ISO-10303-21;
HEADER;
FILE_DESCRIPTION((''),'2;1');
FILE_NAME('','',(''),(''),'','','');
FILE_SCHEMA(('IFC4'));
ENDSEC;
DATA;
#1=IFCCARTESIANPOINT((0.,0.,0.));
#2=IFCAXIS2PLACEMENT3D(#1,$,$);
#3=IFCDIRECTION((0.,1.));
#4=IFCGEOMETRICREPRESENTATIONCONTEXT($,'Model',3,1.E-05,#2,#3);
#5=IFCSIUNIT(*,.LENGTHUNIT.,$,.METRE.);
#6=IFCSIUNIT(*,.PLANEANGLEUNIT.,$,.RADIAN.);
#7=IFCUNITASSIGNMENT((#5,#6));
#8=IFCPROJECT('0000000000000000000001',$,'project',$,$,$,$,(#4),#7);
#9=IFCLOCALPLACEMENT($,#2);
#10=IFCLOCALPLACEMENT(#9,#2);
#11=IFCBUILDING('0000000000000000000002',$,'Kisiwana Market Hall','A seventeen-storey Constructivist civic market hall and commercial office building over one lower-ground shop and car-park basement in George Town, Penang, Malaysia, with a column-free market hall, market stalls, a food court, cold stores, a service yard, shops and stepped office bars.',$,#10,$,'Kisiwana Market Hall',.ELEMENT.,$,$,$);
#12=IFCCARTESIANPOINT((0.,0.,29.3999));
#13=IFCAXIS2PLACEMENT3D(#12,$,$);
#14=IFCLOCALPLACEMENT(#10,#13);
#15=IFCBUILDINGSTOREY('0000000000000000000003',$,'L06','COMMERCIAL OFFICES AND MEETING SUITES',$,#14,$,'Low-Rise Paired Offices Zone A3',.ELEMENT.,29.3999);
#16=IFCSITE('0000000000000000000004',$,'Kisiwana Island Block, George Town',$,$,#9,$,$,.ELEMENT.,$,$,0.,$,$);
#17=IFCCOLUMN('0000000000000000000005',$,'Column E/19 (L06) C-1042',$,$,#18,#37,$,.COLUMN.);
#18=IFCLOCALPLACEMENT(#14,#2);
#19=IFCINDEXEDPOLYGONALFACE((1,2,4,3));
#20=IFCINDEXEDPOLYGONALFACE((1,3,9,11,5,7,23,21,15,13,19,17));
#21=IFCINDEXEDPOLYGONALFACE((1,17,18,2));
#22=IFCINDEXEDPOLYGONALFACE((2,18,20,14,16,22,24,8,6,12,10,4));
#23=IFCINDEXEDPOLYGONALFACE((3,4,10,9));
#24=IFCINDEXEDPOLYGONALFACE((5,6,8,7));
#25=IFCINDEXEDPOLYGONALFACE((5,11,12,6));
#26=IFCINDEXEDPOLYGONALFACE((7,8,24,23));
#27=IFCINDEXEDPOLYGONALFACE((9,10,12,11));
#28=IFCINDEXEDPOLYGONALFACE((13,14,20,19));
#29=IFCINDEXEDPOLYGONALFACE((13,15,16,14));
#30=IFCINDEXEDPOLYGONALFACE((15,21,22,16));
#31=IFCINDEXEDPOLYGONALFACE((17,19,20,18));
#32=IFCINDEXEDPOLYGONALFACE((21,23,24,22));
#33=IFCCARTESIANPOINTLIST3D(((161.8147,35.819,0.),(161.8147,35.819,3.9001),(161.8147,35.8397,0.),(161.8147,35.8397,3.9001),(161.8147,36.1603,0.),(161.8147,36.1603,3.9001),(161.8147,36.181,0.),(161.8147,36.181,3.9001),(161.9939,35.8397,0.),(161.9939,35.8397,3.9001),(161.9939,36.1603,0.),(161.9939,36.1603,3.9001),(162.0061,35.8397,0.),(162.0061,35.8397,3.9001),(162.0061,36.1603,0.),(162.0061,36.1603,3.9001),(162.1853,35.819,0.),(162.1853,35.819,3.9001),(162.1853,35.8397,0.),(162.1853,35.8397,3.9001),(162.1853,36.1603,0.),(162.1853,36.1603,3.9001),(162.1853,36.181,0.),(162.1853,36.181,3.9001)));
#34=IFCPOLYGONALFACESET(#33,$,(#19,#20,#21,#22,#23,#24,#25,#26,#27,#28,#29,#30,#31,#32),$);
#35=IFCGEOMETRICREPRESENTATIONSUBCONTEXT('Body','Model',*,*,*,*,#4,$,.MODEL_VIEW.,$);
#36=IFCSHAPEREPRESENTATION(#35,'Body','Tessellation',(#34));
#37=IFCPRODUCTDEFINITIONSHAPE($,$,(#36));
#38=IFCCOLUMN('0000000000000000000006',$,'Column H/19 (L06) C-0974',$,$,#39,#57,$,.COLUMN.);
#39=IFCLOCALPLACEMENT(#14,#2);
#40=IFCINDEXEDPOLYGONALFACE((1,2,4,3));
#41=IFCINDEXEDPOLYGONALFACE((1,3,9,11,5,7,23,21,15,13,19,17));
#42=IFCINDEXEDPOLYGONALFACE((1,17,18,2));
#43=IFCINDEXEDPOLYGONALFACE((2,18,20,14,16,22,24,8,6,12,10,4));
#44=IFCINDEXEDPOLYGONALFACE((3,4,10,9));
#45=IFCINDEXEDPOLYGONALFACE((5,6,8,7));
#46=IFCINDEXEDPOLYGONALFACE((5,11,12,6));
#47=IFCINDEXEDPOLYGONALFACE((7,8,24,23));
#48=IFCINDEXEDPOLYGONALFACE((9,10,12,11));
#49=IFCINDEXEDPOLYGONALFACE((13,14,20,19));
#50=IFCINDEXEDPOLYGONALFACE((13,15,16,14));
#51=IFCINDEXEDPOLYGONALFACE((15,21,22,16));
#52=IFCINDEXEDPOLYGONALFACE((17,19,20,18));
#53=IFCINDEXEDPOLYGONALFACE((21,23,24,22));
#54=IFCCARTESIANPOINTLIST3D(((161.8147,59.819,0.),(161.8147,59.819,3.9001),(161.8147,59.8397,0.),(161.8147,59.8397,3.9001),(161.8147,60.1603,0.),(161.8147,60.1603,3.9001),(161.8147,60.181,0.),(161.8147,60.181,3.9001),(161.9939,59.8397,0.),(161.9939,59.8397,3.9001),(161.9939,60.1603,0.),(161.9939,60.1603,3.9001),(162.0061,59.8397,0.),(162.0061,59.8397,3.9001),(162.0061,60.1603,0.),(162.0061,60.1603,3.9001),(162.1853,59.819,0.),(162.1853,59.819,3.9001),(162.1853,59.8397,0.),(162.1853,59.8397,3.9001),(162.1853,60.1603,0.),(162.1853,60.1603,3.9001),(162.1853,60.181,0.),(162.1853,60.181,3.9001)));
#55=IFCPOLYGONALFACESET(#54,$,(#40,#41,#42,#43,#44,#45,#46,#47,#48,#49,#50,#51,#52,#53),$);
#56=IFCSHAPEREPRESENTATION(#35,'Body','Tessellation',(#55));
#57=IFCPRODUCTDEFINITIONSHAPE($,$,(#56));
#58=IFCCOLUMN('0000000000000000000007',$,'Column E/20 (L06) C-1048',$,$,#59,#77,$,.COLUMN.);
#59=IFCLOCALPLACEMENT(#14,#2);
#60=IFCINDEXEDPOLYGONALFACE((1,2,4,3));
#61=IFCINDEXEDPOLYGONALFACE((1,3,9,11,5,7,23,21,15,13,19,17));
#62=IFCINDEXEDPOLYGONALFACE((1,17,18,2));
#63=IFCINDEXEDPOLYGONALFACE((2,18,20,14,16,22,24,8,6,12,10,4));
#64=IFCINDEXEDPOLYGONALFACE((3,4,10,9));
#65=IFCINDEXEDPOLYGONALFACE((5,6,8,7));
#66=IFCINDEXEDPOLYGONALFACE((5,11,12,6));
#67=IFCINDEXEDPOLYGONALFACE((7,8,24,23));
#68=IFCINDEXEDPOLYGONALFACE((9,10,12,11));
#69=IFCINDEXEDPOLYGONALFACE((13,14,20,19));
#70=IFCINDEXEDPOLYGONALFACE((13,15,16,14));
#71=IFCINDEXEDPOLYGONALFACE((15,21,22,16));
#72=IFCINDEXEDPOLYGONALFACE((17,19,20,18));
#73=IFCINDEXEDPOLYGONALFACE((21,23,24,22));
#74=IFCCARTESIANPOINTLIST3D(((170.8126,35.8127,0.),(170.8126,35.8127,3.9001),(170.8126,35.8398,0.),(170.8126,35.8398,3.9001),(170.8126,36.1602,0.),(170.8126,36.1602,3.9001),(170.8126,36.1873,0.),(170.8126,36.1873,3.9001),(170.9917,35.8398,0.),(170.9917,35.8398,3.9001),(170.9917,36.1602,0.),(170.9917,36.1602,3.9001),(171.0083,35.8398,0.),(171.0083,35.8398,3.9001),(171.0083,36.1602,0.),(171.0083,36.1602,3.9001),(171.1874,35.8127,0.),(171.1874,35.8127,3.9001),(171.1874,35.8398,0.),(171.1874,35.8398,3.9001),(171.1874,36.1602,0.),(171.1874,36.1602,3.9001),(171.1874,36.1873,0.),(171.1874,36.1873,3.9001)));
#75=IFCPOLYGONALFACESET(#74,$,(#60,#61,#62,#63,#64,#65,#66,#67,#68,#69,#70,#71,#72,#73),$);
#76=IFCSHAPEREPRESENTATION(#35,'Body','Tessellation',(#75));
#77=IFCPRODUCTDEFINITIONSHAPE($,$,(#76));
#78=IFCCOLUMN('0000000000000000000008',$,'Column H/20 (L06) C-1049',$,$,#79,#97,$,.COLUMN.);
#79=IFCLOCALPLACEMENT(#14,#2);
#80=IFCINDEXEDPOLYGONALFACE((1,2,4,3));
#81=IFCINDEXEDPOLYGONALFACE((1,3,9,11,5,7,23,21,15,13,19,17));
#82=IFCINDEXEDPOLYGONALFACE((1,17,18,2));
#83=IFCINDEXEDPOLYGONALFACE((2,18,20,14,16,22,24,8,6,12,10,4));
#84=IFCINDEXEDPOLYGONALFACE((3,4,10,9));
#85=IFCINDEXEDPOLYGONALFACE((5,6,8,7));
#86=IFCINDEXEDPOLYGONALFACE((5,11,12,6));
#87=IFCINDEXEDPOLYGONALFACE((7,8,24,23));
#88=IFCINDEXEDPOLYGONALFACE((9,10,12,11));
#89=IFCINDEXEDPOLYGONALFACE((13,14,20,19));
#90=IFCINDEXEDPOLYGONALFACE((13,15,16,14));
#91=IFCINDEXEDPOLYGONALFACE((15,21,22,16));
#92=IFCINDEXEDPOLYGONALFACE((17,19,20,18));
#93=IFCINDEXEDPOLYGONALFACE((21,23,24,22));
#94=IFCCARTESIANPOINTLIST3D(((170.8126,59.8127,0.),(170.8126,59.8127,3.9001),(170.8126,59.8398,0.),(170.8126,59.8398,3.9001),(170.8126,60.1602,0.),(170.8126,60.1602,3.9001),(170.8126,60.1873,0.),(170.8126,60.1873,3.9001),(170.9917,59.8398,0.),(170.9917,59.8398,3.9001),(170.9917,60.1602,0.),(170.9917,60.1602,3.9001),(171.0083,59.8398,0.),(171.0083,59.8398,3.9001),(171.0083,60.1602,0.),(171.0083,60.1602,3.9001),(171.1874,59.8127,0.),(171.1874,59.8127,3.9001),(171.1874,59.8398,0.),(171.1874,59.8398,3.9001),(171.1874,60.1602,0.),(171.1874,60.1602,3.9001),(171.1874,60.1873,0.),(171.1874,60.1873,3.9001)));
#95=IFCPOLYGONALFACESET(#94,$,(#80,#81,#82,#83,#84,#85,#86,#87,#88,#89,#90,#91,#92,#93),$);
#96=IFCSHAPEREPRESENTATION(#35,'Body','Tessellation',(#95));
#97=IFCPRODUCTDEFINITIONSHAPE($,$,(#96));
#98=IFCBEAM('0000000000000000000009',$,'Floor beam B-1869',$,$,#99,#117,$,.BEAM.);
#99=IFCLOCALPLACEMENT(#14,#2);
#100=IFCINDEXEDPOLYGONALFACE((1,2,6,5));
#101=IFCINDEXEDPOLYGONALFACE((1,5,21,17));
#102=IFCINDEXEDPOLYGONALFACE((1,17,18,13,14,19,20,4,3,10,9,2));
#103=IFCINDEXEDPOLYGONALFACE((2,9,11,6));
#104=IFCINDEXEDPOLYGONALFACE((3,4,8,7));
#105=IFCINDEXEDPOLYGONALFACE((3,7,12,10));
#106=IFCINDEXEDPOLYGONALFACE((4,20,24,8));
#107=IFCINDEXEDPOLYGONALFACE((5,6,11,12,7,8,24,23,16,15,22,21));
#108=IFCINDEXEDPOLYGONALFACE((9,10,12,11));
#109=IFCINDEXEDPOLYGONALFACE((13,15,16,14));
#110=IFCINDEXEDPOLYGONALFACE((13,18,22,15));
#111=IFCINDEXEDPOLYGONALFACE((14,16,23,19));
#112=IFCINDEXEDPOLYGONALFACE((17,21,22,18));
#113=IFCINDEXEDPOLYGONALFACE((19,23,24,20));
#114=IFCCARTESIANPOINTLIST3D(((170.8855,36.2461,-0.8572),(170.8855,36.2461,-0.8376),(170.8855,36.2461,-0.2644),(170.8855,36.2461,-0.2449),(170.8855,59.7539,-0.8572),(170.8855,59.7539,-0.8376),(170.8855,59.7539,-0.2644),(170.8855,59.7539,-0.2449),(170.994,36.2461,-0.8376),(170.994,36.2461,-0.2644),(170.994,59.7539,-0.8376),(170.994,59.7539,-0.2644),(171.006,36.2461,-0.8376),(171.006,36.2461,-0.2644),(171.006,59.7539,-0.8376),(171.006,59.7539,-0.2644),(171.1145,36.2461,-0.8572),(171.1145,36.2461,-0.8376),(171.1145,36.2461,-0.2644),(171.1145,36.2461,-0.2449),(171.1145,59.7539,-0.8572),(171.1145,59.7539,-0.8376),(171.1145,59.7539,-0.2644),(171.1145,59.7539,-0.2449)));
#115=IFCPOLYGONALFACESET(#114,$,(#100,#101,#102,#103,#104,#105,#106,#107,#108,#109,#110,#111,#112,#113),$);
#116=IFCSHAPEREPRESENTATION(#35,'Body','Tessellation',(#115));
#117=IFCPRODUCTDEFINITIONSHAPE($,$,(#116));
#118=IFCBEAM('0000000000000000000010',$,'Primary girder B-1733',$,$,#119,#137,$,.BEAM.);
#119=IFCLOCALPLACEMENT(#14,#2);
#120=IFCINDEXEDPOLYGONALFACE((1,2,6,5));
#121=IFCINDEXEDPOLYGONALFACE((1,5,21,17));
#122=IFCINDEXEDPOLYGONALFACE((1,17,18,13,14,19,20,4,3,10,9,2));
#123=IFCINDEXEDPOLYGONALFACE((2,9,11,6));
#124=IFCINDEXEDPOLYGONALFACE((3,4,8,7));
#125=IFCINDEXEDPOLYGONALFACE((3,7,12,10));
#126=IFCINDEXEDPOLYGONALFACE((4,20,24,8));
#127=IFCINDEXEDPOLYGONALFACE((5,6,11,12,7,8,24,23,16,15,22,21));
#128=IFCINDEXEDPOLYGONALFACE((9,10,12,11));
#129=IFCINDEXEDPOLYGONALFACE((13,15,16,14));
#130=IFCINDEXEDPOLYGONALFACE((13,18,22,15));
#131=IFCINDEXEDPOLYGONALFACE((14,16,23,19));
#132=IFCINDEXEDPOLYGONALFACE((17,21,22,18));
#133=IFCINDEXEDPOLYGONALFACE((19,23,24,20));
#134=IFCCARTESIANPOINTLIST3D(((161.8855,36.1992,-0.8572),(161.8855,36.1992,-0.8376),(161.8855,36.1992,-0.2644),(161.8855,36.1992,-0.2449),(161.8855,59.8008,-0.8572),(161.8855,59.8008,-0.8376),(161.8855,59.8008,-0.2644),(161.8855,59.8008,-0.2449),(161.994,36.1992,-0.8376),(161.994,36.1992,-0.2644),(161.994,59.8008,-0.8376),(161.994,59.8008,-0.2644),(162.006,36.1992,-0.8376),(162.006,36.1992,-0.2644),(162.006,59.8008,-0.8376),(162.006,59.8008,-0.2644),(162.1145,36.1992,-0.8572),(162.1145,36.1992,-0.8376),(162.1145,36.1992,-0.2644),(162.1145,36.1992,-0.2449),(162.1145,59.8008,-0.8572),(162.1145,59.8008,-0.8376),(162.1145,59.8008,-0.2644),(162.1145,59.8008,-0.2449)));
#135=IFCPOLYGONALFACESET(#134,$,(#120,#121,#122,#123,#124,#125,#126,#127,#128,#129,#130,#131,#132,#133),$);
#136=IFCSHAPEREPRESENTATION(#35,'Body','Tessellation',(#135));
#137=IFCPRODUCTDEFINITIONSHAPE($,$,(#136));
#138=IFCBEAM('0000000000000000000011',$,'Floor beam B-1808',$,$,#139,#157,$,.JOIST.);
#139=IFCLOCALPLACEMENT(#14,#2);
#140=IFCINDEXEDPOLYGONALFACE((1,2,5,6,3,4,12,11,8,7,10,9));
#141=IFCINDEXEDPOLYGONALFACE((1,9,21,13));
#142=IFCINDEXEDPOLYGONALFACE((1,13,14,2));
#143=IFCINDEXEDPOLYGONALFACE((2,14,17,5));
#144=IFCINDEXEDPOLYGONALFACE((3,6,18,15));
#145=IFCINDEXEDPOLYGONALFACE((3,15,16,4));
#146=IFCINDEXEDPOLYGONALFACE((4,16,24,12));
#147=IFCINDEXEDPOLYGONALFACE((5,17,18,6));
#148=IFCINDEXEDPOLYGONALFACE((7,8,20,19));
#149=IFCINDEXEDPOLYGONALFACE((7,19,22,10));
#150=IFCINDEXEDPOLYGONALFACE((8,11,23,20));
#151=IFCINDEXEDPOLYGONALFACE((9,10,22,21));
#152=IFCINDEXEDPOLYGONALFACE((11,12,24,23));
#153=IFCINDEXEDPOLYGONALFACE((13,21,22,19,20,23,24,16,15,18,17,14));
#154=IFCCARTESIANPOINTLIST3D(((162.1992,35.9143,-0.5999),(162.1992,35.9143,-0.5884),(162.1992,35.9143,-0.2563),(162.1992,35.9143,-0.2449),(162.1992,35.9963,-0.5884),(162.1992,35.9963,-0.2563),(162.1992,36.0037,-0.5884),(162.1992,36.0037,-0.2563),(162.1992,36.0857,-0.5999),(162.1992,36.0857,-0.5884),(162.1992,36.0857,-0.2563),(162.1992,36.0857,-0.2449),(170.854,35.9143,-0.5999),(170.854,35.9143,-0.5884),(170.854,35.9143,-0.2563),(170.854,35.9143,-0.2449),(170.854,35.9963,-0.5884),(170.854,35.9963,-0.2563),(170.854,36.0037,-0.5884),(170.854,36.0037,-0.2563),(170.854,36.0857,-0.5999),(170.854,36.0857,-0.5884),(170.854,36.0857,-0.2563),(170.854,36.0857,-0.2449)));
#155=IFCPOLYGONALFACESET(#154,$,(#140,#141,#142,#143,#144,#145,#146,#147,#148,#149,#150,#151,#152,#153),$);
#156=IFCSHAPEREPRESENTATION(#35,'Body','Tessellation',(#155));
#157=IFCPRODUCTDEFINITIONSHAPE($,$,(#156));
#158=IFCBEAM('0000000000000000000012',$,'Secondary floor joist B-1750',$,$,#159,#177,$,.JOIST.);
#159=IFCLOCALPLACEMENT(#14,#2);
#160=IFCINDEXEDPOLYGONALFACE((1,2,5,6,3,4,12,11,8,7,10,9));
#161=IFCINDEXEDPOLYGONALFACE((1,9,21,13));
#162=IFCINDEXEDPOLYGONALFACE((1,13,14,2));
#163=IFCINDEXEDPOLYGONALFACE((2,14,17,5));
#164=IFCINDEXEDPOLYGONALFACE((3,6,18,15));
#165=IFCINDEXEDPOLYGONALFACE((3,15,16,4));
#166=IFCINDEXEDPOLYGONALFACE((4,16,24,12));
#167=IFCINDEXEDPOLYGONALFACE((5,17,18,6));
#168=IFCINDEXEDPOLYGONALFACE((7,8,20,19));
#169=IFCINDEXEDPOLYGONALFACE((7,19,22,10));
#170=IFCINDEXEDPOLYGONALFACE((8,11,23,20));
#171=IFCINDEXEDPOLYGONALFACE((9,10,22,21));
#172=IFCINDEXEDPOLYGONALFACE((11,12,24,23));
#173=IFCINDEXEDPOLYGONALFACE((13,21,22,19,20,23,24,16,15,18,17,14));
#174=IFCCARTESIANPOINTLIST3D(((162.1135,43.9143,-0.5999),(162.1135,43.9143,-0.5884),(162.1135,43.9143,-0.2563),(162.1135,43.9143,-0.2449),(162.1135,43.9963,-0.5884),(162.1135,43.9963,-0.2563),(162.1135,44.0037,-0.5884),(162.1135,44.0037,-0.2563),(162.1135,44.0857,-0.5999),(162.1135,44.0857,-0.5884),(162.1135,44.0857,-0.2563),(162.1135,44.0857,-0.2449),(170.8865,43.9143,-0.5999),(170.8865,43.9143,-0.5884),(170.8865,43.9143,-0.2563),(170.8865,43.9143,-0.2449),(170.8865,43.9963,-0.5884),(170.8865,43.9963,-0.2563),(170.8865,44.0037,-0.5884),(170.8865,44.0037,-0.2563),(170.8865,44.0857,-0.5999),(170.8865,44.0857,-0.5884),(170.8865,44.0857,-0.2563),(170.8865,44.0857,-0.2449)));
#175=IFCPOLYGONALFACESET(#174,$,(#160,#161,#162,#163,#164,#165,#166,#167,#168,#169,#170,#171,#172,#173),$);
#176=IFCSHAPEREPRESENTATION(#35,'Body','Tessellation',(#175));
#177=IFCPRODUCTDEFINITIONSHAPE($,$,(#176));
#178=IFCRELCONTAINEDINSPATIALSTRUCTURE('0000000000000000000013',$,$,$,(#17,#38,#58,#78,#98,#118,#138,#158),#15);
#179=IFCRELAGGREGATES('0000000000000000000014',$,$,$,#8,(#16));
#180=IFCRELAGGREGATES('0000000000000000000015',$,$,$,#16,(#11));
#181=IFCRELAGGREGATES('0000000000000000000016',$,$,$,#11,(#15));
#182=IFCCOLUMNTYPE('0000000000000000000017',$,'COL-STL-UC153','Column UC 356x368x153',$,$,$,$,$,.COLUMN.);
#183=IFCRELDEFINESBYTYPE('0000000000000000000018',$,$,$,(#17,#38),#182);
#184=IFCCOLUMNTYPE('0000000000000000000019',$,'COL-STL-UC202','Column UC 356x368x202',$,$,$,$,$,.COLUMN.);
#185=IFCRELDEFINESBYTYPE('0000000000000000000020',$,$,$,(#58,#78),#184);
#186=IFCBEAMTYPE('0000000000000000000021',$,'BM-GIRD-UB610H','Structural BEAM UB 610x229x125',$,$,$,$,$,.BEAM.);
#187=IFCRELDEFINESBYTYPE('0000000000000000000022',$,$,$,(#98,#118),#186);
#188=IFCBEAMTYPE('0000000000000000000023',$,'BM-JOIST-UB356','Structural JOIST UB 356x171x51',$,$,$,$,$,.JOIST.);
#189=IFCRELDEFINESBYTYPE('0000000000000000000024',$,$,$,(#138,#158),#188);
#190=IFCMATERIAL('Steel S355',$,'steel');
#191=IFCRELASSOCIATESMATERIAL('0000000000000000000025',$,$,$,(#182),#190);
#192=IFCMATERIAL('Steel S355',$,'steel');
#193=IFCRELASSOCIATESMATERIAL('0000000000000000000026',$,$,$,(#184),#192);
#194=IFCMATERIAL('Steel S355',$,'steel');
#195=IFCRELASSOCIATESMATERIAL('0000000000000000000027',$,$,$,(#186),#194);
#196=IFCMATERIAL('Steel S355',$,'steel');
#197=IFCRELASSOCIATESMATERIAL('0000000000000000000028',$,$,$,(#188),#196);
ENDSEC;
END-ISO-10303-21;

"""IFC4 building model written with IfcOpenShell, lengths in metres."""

from ifc_helpers import new_model, si_unit, direction, frame, origin, origin_2d, place, context, subcontext, project, spatial, i_section, extrude, material, material_profile, profile_set, type_object, element, save


model = new_model("IFC4")

# Units and contexts
model_context = context("Model", 3, precision=1e-05, world=origin(), true_north=direction((0.0, 1.0)))
body_context = subcontext(model_context, "Body", "Model", "MODEL_VIEW")
ifc_project = project(units=[si_unit("LENGTHUNIT", "METRE"), si_unit("PLANEANGLEUNIT", "RADIAN")], contexts=[model_context])

# Site, building, storey
site_placement = place(None, origin())
site = spatial("IfcSite", under=ifc_project, at=site_placement, Name="Kisiwana Island Block, George Town", CompositionType="ELEMENT", RefElevation=0.0)
building_placement = place(site_placement, origin())
building = spatial("IfcBuilding", under=site, at=building_placement, Name="Kisiwana Market Hall", Description="A seventeen-storey Constructivist civic market hall and commercial office building over one lower-ground shop and car-park basement in George Town, Penang, Malaysia, with a column-free market hall, market stalls, a food court, cold stores, a service yard, shops and stepped office bars.", LongName="Kisiwana Market Hall", CompositionType="ELEMENT")
storey_placement = place(building_placement, frame((0.0, 0.0, 29.3999)))
storey = spatial("IfcBuildingStorey", under=building, at=storey_placement, Name="L06", Description="COMMERCIAL OFFICES AND MEETING SUITES", LongName="Low-Rise Paired Offices Zone A3", CompositionType="ELEMENT", Elevation=29.3999)

# Columns
ifc_material_1 = material(Name="Steel S355", Category="steel")
ifc_material_profile_1 = material_profile(ifc_material_1, i_section(OverallWidth=0.3706, OverallDepth=0.3621, WebThickness=0.0122, FlangeThickness=0.0208, at=origin_2d()), Name="UC 356x368x153")
ifc_profile_set_1 = profile_set([ifc_material_profile_1], Name="Steel S355")
column_type_1 = type_object("IfcColumnType", Name="COL-STL-UC153", Description="Column UC 356x368x153", PredefinedType="COLUMN", material=ifc_profile_set_1)
for number, where, z_axis, x_axis, name in (
    (1, (162.0, 36.0, 0.0), (0.0, 0.0, 1.0), (1.0, 0.0, 0.0), "Column E/19 (L06) C-1042"),
    (2, (162.0, 60.0, 0.0), (0.0, 0.0, 1.0), (1.0, 0.0, 0.0), "Column H/19 (L06) C-0974"),
):
    element("IfcColumn", number, at=place(storey_placement, frame(where, z_axis=z_axis, x_axis=x_axis)), inside=storey, type_object=column_type_1, Name=name, PredefinedType="COLUMN", context=body_context, shape_type="SweptSolid", body=[
        extrude(i_section(OverallWidth=0.3706, OverallDepth=0.3621, WebThickness=0.0122, FlangeThickness=0.0208, at=origin_2d()), origin(), (0.0, 0.0, 1.0), 3.9001),
    ])
ifc_material_2 = material(Name="Steel S355", Category="steel")
ifc_material_profile_2 = material_profile(ifc_material_2, i_section(OverallWidth=0.3748, OverallDepth=0.3745, WebThickness=0.0166, FlangeThickness=0.0271, at=origin_2d()), Name="UC 356x368x202")
ifc_profile_set_2 = profile_set([ifc_material_profile_2], Name="Steel S355")
column_type_2 = type_object("IfcColumnType", Name="COL-STL-UC202", Description="Column UC 356x368x202", PredefinedType="COLUMN", material=ifc_profile_set_2)
for number, where, z_axis, x_axis, name in (
    (3, (171.0, 36.0, 0.0), (0.0, 0.0, 1.0), (1.0, 0.0, 0.0), "Column E/20 (L06) C-1048"),
    (4, (171.0, 60.0, 0.0), (0.0, 0.0, 1.0), (1.0, 0.0, 0.0), "Column H/20 (L06) C-1049"),
):
    element("IfcColumn", number, at=place(storey_placement, frame(where, z_axis=z_axis, x_axis=x_axis)), inside=storey, type_object=column_type_2, Name=name, PredefinedType="COLUMN", context=body_context, shape_type="SweptSolid", body=[
        extrude(i_section(OverallWidth=0.3748, OverallDepth=0.3745, WebThickness=0.0166, FlangeThickness=0.0271, at=origin_2d()), origin(), (0.0, 0.0, 1.0), 3.9001),
    ])

# Beams
ifc_material_3 = material(Name="Steel S355", Category="steel")
ifc_material_profile_3 = material_profile(ifc_material_3, i_section(OverallWidth=0.229, OverallDepth=0.6123, WebThickness=0.012, FlangeThickness=0.0195, at=origin_2d()), Name="UB 610x229x125")
ifc_profile_set_3 = profile_set([ifc_material_profile_3], Name="Steel S355")
beam_type_1 = type_object("IfcBeamType", Name="BM-GIRD-UB610H", Description="Structural BEAM UB 610x229x125", PredefinedType="BEAM", material=ifc_profile_set_3)
beam_1_placement = place(storey_placement, frame((171.0, 36.2461, -0.551), z_axis=(0.0, 1.0, 0.0), x_axis=(-1.0, 0.0, 0.0)))
element("IfcBeam", 5, at=beam_1_placement, inside=storey, type_object=beam_type_1, Name="Floor beam B-1869", PredefinedType="BEAM", context=body_context, shape_type="SweptSolid", body=[
    extrude(i_section(OverallWidth=0.229, OverallDepth=0.6123, WebThickness=0.012, FlangeThickness=0.0195, at=origin_2d()), origin(), (0.0, 0.0, 1.0), 23.5078),
])
beam_2_placement = place(storey_placement, frame((162.0, 36.1992, -0.551), z_axis=(0.0, 1.0, 0.0), x_axis=(-1.0, 0.0, 0.0)))
element("IfcBeam", 6, at=beam_2_placement, inside=storey, type_object=beam_type_1, Name="Primary girder B-1733", PredefinedType="BEAM", context=body_context, shape_type="SweptSolid", body=[
    extrude(i_section(OverallWidth=0.229, OverallDepth=0.6123, WebThickness=0.012, FlangeThickness=0.0195, at=origin_2d()), origin(), (0.0, 0.0, 1.0), 23.6016),
])
ifc_material_4 = material(Name="Steel S355", Category="steel")
ifc_material_profile_4 = material_profile(ifc_material_4, i_section(OverallWidth=0.1714, OverallDepth=0.355, WebThickness=0.0073, FlangeThickness=0.0115, at=origin_2d()), Name="UB 356x171x51")
ifc_profile_set_4 = profile_set([ifc_material_profile_4], Name="Steel S355")
beam_type_2 = type_object("IfcBeamType", Name="BM-JOIST-UB356", Description="Structural JOIST UB 356x171x51", PredefinedType="JOIST", material=ifc_profile_set_4)
beam_3_placement = place(storey_placement, frame((162.1992, 36.0, -0.4224), z_axis=(1.0, 0.0, 0.0), x_axis=(0.0, 1.0, 0.0)))
element("IfcBeam", 7, at=beam_3_placement, inside=storey, type_object=beam_type_2, Name="Floor beam B-1808", PredefinedType="JOIST", context=body_context, shape_type="SweptSolid", body=[
    extrude(i_section(OverallWidth=0.1714, OverallDepth=0.355, WebThickness=0.0073, FlangeThickness=0.0115, at=origin_2d()), origin(), (0.0, 0.0, 1.0), 8.6548),
])
for number, where, z_axis, x_axis, name in (
    (8, (162.1135, 44.0, -0.4224), (1.0, 0.0, 0.0), (0.0, 1.0, 0.0), "Secondary floor joist B-1750"),
):
    element("IfcBeam", number, at=place(storey_placement, frame(where, z_axis=z_axis, x_axis=x_axis)), inside=storey, type_object=beam_type_2, Name=name, PredefinedType="JOIST", context=body_context, shape_type="SweptSolid", body=[
        extrude(i_section(OverallWidth=0.1714, OverallDepth=0.355, WebThickness=0.0073, FlangeThickness=0.0115, at=origin_2d()), origin(), (0.0, 0.0, 1.0), 8.7729),
    ])

save(model, "model.ifc")
